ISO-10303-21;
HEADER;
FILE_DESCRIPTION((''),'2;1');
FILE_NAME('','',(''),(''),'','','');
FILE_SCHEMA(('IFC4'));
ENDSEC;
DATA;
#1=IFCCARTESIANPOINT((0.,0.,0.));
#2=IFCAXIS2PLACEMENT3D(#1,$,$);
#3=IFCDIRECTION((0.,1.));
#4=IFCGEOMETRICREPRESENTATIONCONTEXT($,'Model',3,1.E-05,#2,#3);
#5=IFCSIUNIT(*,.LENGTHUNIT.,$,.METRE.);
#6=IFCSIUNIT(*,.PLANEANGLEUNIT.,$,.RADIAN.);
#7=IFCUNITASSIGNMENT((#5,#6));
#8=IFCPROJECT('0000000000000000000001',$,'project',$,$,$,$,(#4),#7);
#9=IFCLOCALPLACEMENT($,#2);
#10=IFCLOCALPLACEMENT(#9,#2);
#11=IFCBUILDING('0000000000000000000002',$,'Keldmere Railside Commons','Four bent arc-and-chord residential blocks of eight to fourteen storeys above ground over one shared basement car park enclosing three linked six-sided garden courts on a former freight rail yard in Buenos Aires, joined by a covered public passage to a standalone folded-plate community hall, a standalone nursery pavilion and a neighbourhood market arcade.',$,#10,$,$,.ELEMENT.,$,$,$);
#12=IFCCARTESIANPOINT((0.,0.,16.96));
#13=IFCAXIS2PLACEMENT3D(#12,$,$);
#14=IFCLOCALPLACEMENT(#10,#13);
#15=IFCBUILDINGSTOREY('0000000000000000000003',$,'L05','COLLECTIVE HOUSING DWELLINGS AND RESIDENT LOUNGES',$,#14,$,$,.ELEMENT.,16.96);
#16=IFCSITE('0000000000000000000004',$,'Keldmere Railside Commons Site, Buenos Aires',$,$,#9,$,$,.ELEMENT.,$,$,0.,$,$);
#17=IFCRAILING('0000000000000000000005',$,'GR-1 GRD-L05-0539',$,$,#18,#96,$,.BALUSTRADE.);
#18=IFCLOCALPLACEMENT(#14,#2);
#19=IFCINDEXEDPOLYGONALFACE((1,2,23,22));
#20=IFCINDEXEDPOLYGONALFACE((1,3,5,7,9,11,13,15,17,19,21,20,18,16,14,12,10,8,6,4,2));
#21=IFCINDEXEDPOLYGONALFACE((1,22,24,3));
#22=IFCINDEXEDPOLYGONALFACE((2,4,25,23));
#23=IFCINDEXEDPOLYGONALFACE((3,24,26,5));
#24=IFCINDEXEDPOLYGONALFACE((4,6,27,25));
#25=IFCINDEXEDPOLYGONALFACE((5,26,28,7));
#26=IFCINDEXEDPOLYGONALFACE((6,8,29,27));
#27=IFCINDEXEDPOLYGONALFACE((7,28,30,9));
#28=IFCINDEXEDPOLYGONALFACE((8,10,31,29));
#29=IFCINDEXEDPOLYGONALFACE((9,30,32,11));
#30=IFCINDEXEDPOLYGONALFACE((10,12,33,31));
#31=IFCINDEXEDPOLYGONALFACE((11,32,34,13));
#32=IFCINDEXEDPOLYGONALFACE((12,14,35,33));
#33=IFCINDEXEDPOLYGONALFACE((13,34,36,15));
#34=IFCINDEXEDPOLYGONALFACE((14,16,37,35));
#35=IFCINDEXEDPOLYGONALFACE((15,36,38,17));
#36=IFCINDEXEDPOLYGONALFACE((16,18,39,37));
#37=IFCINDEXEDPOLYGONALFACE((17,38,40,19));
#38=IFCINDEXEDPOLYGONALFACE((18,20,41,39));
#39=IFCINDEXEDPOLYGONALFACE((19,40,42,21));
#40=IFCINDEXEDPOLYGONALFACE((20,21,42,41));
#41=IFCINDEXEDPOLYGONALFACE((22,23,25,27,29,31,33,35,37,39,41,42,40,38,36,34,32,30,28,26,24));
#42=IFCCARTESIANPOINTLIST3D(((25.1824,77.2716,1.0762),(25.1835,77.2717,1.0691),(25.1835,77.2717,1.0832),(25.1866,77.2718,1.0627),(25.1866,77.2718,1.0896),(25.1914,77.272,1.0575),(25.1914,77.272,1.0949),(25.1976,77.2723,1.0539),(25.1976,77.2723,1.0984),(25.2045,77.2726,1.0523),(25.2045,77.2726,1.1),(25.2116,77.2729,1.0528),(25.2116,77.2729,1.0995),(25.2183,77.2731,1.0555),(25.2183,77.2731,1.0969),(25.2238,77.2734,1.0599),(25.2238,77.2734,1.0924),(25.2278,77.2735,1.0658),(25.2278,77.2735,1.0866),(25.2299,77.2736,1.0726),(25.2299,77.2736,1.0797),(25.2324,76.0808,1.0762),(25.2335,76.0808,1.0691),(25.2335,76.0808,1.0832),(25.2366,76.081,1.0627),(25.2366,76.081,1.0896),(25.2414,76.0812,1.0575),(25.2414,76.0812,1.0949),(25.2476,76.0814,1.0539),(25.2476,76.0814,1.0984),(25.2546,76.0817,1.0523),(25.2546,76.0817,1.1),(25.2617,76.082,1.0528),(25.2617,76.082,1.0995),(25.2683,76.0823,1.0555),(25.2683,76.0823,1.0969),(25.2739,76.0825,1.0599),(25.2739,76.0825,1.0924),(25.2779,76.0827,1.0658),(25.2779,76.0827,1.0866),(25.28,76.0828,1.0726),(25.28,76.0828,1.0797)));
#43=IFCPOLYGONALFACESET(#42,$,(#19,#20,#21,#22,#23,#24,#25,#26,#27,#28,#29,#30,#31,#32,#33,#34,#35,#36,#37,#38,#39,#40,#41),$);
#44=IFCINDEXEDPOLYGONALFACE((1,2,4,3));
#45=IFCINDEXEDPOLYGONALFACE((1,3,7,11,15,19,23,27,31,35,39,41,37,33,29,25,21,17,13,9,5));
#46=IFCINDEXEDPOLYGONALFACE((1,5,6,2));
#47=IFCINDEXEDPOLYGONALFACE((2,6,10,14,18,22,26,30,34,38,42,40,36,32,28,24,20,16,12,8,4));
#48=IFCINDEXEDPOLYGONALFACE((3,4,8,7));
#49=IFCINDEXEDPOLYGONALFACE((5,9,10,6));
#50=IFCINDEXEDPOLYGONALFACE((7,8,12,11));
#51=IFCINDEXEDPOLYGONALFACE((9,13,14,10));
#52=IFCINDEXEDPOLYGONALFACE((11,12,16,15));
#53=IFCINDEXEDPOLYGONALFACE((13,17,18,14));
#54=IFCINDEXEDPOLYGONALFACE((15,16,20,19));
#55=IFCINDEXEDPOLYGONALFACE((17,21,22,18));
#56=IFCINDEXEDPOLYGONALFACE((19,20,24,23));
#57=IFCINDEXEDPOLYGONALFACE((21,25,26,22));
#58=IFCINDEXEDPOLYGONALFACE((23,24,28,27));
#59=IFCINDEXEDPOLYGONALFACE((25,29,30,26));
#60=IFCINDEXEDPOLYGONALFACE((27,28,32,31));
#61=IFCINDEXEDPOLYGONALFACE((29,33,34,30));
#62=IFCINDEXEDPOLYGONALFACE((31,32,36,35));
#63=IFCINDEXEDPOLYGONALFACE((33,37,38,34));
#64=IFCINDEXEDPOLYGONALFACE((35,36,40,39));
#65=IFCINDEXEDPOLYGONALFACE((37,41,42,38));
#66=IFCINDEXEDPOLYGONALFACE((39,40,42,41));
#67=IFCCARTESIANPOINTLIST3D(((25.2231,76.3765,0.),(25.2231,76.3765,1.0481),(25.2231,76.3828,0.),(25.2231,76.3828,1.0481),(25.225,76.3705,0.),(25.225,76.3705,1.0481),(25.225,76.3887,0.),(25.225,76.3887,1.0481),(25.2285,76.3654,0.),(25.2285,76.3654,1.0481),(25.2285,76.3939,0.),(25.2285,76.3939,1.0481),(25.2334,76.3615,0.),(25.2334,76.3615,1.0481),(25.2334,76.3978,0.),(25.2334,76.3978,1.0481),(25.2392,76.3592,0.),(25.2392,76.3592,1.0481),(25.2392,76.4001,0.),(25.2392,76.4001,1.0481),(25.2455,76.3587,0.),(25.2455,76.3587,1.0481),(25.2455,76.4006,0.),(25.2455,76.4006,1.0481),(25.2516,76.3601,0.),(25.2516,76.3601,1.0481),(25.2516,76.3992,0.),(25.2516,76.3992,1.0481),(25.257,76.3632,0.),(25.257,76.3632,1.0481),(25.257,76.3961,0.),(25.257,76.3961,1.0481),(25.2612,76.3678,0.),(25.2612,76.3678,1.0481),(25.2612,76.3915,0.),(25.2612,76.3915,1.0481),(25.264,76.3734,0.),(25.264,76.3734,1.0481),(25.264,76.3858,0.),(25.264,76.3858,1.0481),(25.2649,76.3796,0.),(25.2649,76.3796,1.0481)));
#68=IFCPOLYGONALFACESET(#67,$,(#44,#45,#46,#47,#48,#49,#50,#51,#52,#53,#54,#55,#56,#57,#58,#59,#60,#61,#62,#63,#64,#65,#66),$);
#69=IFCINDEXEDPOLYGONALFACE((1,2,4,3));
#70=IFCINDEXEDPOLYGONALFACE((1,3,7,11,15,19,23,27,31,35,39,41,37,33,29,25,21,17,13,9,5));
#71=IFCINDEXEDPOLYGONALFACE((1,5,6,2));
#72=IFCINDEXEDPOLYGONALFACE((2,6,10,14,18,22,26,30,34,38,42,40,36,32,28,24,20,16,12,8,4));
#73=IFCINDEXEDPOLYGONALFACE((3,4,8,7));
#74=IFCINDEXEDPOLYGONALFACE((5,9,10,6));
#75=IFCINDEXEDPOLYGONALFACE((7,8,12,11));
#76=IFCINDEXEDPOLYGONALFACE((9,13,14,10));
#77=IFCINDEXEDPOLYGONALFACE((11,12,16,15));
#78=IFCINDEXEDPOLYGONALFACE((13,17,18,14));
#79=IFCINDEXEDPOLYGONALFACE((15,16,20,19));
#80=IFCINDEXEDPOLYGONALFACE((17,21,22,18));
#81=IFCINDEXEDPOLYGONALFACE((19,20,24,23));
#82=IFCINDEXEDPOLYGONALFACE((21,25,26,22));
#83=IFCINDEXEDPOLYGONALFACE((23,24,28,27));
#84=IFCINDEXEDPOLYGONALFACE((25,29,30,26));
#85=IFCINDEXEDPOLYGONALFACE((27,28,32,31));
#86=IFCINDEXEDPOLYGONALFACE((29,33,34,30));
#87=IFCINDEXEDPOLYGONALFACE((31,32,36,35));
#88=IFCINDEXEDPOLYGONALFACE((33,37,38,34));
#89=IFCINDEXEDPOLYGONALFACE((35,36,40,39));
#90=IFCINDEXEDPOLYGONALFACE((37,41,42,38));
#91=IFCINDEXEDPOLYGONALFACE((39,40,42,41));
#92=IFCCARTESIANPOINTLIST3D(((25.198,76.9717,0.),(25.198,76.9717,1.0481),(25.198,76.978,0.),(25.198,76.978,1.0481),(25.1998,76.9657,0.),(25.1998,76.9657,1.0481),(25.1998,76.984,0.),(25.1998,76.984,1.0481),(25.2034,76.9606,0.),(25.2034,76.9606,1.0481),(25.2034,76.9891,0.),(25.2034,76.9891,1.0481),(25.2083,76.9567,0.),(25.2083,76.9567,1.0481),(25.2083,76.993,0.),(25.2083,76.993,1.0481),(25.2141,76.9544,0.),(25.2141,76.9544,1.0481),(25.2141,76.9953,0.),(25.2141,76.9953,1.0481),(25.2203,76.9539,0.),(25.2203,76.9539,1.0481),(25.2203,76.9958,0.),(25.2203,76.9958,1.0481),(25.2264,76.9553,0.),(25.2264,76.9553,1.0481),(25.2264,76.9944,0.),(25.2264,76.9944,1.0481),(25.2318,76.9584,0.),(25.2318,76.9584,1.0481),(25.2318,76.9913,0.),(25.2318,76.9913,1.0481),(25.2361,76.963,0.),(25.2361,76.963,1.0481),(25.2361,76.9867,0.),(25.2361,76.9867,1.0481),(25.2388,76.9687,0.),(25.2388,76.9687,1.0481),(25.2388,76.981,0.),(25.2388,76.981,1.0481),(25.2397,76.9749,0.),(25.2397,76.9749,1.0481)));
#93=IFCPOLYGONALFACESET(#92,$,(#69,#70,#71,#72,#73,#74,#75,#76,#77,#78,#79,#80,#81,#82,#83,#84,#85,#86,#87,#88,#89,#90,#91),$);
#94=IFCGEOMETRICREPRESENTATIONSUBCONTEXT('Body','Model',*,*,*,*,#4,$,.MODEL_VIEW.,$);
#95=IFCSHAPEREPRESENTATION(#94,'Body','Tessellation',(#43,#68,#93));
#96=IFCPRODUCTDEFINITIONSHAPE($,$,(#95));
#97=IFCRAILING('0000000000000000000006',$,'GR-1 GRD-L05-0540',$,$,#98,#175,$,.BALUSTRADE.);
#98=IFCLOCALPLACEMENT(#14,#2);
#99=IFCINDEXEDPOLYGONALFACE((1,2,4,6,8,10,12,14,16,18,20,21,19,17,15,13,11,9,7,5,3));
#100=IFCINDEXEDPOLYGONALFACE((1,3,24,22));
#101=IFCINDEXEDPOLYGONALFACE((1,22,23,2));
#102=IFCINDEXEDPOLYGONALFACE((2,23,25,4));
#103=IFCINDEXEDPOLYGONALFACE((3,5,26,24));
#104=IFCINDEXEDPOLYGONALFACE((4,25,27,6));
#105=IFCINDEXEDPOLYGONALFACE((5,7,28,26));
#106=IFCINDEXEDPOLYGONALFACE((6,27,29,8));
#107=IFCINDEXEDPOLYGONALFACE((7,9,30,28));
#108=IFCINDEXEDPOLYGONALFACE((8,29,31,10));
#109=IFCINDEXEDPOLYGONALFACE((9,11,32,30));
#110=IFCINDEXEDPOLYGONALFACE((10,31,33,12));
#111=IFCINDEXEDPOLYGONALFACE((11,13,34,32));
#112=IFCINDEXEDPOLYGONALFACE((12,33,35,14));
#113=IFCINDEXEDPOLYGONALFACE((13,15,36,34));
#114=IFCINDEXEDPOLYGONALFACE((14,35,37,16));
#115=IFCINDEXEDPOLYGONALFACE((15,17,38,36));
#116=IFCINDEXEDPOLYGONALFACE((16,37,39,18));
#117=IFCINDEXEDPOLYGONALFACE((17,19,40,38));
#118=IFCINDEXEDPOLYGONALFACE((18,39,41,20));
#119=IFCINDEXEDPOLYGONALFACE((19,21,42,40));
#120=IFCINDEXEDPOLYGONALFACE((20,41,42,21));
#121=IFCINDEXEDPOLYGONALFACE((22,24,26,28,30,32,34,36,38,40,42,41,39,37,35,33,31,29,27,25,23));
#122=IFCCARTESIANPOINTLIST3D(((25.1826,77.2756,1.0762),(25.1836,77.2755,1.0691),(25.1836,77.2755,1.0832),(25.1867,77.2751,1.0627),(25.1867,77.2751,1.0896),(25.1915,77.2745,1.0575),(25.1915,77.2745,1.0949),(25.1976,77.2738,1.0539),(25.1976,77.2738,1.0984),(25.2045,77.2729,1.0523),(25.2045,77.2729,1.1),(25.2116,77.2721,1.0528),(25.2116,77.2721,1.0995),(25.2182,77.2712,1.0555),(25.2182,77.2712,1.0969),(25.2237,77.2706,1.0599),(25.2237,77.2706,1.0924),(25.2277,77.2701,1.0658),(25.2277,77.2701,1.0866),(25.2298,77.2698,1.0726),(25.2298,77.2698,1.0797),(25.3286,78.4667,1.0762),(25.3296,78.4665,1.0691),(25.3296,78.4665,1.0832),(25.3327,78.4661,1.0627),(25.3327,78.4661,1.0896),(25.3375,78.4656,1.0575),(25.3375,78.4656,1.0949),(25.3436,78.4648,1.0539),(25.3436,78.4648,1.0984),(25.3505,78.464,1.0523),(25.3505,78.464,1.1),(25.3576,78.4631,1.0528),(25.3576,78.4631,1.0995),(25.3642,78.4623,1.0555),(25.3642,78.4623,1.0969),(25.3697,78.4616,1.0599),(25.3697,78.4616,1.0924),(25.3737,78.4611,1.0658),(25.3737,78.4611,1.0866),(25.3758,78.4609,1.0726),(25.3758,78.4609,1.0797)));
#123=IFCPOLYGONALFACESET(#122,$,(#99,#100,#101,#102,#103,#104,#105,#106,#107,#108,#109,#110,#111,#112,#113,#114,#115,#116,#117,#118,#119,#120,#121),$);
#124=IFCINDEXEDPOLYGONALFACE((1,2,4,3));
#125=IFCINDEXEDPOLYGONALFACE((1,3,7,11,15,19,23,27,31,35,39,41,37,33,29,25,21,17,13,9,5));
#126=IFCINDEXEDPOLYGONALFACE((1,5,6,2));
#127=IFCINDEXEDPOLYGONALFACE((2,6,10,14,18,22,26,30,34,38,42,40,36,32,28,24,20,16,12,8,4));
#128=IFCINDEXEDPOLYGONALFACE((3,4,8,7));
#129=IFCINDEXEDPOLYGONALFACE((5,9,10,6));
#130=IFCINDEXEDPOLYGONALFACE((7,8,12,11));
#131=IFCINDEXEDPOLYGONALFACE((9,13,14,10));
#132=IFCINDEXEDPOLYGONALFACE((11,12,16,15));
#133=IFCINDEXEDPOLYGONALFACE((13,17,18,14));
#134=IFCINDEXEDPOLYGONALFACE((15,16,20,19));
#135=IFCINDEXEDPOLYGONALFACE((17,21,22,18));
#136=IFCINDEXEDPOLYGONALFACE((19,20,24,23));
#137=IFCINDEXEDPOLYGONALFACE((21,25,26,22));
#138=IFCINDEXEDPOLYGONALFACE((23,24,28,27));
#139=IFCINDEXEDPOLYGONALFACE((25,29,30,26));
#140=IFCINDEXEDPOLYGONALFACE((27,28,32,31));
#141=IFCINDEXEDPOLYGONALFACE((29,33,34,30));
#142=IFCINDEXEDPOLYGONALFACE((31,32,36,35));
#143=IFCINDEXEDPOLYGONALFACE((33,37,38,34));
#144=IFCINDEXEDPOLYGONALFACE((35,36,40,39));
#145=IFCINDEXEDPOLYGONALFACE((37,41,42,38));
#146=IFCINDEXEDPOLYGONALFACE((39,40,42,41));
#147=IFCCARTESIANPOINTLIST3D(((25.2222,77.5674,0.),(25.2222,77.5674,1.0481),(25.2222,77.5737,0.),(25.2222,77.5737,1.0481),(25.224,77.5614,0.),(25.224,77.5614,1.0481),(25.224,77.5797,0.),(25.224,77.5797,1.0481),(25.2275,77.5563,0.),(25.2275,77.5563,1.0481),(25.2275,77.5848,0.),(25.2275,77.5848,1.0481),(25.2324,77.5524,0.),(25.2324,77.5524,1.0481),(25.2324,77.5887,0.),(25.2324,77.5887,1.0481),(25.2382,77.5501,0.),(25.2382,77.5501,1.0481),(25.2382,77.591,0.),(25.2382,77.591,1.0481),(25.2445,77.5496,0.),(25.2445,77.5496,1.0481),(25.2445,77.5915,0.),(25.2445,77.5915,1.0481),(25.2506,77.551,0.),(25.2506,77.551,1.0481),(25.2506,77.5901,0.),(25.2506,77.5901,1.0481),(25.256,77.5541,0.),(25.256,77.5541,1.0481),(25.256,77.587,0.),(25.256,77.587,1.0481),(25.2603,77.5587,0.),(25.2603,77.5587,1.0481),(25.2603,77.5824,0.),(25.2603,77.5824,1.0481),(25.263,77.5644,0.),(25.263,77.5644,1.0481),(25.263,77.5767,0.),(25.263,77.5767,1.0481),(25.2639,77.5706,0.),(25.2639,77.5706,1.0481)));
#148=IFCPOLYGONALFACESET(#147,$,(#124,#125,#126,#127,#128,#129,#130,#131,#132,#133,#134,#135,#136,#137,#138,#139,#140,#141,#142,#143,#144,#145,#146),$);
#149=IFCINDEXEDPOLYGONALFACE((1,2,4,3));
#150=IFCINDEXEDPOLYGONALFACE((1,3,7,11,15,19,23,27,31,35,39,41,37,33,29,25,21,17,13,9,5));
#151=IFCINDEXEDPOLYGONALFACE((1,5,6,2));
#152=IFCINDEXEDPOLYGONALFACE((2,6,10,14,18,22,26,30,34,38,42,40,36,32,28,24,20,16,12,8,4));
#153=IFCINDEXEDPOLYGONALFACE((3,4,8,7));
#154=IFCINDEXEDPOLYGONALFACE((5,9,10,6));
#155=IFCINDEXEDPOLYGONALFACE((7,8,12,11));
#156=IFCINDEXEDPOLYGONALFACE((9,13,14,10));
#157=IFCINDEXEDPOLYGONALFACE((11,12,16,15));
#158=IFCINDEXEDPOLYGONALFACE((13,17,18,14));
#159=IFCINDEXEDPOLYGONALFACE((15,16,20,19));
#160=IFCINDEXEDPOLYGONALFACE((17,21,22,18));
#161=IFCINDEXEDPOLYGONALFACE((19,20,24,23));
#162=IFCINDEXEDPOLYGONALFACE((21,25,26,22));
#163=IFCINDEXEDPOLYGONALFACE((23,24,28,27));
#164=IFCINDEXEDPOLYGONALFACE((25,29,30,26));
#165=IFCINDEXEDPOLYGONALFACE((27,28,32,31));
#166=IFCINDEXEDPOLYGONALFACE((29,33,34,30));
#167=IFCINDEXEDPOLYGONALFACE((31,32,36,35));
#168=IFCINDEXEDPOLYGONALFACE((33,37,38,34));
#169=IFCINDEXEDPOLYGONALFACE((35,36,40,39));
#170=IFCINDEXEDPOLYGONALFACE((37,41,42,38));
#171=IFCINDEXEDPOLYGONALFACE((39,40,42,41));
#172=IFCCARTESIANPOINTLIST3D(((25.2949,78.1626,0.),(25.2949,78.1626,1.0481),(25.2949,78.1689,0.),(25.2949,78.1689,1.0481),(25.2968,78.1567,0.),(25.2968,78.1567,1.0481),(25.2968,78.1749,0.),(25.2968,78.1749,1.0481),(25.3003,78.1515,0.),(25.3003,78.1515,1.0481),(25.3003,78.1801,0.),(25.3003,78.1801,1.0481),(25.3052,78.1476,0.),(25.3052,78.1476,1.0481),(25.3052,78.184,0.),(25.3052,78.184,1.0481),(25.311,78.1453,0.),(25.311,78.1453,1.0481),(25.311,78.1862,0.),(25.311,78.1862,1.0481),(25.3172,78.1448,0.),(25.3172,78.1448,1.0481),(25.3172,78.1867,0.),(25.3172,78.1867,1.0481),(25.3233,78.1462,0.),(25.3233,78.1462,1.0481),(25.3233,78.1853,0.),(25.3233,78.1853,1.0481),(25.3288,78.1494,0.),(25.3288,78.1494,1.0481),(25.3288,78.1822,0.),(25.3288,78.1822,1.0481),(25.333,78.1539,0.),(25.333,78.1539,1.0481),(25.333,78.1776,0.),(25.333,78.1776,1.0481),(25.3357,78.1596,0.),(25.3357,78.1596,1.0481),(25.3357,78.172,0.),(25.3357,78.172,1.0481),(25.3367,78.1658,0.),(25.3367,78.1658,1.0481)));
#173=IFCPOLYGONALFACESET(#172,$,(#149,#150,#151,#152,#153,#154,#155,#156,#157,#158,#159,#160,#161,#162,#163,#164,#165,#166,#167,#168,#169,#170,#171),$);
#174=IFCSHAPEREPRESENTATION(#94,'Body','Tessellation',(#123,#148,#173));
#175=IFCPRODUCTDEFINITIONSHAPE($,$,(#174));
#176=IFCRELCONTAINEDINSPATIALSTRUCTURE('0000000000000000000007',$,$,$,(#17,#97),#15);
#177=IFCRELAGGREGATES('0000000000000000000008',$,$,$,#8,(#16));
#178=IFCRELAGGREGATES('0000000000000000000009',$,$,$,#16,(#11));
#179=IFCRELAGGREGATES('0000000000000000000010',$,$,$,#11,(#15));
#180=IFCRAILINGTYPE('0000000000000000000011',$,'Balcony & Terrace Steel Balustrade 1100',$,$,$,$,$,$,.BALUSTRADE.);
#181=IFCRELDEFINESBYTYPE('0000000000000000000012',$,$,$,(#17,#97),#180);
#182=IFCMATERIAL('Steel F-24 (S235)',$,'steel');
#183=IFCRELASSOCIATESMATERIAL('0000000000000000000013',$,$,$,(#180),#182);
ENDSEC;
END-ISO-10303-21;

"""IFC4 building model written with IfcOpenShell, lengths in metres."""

from ifc_helpers import new_model, si_unit, direction, frame, origin, origin_2d, place, context, subcontext, project, spatial, circle, extrude, material, type_object, element, save


model = new_model("IFC4")

# Units and contexts
model_context = context("Model", 3, precision=1e-05, world=origin(), true_north=direction((0.0, 1.0)))
body_context = subcontext(model_context, "Body", "Model", "MODEL_VIEW")
ifc_project = project(units=[si_unit("LENGTHUNIT", "METRE"), si_unit("PLANEANGLEUNIT", "RADIAN")], contexts=[model_context])

# Site, building, storey
site_placement = place(None, origin())
site = spatial("IfcSite", under=ifc_project, at=site_placement, Name="Keldmere Railside Commons Site, Buenos Aires", CompositionType="ELEMENT", RefElevation=0.0)
building_placement = place(site_placement, origin())
building = spatial("IfcBuilding", under=site, at=building_placement, Name="Keldmere Railside Commons", Description="Four bent arc-and-chord residential blocks of eight to fourteen storeys above ground over one shared basement car park enclosing three linked six-sided garden courts on a former freight rail yard in Buenos Aires, joined by a covered public passage to a standalone folded-plate community hall, a standalone nursery pavilion and a neighbourhood market arcade.", CompositionType="ELEMENT")
storey_placement = place(building_placement, frame((0.0, 0.0, 16.96)))
storey = spatial("IfcBuildingStorey", under=building, at=storey_placement, Name="L05", Description="COLLECTIVE HOUSING DWELLINGS AND RESIDENT LOUNGES", CompositionType="ELEMENT", Elevation=16.96)

# Railings
ifc_material_1 = material(Name="Steel F-24 (S235)", Category="steel")
railing_type = type_object("IfcRailingType", Name="Balcony & Terrace Steel Balustrade 1100", PredefinedType="BALUSTRADE", material=ifc_material_1)
railing_1_placement = place(storey_placement, frame((25.2563, 76.0818, 0.0)))
element("IfcRailing", 1, at=railing_1_placement, inside=storey, type_object=railing_type, Name="GR-1 GRD-L05-0539", PredefinedType="BALUSTRADE", context=body_context, shape_type="SweptSolid", body=[
    extrude(circle(Radius=0.0239, at=origin_2d()), frame((0.0, 0.0, 1.0762), z_axis=(-0.041988, 0.999118, 0.0), x_axis=(-0.999118, -0.041988, 0.0)), (0.0, 0.0, 1.0), 1.1919),
    extrude(circle(Radius=0.021, at=origin_2d()), frame((-0.0125, 0.2979, 0.0)), (0.0, 0.0, 1.0), 1.0481),
    extrude(circle(Radius=0.021, at=origin_2d()), frame((-0.0376, 0.8931, 0.0)), (0.0, 0.0, 1.0), 1.0481),
])
railing_2_placement = place(storey_placement, frame((25.2063, 77.2727, 0.0)))
element("IfcRailing", 2, at=railing_2_placement, inside=storey, type_object=railing_type, Name="GR-1 GRD-L05-0540", PredefinedType="BALUSTRADE", context=body_context, shape_type="SweptSolid", body=[
    extrude(circle(Radius=0.0239, at=origin_2d()), frame((0.0, 0.0, 1.0762), z_axis=(0.12168, 0.992569, 0.0), x_axis=(-0.992569, 0.12168, 0.0)), (0.0, 0.0, 1.0), 1.2),
    extrude(circle(Radius=0.021, at=origin_2d()), frame((0.0366, 0.2979, 0.0)), (0.0, 0.0, 1.0), 1.0481),
    extrude(circle(Radius=0.021, at=origin_2d()), frame((0.1094, 0.8931, 0.0)), (0.0, 0.0, 1.0), 1.0481),
])

save(model, "model.ifc")
